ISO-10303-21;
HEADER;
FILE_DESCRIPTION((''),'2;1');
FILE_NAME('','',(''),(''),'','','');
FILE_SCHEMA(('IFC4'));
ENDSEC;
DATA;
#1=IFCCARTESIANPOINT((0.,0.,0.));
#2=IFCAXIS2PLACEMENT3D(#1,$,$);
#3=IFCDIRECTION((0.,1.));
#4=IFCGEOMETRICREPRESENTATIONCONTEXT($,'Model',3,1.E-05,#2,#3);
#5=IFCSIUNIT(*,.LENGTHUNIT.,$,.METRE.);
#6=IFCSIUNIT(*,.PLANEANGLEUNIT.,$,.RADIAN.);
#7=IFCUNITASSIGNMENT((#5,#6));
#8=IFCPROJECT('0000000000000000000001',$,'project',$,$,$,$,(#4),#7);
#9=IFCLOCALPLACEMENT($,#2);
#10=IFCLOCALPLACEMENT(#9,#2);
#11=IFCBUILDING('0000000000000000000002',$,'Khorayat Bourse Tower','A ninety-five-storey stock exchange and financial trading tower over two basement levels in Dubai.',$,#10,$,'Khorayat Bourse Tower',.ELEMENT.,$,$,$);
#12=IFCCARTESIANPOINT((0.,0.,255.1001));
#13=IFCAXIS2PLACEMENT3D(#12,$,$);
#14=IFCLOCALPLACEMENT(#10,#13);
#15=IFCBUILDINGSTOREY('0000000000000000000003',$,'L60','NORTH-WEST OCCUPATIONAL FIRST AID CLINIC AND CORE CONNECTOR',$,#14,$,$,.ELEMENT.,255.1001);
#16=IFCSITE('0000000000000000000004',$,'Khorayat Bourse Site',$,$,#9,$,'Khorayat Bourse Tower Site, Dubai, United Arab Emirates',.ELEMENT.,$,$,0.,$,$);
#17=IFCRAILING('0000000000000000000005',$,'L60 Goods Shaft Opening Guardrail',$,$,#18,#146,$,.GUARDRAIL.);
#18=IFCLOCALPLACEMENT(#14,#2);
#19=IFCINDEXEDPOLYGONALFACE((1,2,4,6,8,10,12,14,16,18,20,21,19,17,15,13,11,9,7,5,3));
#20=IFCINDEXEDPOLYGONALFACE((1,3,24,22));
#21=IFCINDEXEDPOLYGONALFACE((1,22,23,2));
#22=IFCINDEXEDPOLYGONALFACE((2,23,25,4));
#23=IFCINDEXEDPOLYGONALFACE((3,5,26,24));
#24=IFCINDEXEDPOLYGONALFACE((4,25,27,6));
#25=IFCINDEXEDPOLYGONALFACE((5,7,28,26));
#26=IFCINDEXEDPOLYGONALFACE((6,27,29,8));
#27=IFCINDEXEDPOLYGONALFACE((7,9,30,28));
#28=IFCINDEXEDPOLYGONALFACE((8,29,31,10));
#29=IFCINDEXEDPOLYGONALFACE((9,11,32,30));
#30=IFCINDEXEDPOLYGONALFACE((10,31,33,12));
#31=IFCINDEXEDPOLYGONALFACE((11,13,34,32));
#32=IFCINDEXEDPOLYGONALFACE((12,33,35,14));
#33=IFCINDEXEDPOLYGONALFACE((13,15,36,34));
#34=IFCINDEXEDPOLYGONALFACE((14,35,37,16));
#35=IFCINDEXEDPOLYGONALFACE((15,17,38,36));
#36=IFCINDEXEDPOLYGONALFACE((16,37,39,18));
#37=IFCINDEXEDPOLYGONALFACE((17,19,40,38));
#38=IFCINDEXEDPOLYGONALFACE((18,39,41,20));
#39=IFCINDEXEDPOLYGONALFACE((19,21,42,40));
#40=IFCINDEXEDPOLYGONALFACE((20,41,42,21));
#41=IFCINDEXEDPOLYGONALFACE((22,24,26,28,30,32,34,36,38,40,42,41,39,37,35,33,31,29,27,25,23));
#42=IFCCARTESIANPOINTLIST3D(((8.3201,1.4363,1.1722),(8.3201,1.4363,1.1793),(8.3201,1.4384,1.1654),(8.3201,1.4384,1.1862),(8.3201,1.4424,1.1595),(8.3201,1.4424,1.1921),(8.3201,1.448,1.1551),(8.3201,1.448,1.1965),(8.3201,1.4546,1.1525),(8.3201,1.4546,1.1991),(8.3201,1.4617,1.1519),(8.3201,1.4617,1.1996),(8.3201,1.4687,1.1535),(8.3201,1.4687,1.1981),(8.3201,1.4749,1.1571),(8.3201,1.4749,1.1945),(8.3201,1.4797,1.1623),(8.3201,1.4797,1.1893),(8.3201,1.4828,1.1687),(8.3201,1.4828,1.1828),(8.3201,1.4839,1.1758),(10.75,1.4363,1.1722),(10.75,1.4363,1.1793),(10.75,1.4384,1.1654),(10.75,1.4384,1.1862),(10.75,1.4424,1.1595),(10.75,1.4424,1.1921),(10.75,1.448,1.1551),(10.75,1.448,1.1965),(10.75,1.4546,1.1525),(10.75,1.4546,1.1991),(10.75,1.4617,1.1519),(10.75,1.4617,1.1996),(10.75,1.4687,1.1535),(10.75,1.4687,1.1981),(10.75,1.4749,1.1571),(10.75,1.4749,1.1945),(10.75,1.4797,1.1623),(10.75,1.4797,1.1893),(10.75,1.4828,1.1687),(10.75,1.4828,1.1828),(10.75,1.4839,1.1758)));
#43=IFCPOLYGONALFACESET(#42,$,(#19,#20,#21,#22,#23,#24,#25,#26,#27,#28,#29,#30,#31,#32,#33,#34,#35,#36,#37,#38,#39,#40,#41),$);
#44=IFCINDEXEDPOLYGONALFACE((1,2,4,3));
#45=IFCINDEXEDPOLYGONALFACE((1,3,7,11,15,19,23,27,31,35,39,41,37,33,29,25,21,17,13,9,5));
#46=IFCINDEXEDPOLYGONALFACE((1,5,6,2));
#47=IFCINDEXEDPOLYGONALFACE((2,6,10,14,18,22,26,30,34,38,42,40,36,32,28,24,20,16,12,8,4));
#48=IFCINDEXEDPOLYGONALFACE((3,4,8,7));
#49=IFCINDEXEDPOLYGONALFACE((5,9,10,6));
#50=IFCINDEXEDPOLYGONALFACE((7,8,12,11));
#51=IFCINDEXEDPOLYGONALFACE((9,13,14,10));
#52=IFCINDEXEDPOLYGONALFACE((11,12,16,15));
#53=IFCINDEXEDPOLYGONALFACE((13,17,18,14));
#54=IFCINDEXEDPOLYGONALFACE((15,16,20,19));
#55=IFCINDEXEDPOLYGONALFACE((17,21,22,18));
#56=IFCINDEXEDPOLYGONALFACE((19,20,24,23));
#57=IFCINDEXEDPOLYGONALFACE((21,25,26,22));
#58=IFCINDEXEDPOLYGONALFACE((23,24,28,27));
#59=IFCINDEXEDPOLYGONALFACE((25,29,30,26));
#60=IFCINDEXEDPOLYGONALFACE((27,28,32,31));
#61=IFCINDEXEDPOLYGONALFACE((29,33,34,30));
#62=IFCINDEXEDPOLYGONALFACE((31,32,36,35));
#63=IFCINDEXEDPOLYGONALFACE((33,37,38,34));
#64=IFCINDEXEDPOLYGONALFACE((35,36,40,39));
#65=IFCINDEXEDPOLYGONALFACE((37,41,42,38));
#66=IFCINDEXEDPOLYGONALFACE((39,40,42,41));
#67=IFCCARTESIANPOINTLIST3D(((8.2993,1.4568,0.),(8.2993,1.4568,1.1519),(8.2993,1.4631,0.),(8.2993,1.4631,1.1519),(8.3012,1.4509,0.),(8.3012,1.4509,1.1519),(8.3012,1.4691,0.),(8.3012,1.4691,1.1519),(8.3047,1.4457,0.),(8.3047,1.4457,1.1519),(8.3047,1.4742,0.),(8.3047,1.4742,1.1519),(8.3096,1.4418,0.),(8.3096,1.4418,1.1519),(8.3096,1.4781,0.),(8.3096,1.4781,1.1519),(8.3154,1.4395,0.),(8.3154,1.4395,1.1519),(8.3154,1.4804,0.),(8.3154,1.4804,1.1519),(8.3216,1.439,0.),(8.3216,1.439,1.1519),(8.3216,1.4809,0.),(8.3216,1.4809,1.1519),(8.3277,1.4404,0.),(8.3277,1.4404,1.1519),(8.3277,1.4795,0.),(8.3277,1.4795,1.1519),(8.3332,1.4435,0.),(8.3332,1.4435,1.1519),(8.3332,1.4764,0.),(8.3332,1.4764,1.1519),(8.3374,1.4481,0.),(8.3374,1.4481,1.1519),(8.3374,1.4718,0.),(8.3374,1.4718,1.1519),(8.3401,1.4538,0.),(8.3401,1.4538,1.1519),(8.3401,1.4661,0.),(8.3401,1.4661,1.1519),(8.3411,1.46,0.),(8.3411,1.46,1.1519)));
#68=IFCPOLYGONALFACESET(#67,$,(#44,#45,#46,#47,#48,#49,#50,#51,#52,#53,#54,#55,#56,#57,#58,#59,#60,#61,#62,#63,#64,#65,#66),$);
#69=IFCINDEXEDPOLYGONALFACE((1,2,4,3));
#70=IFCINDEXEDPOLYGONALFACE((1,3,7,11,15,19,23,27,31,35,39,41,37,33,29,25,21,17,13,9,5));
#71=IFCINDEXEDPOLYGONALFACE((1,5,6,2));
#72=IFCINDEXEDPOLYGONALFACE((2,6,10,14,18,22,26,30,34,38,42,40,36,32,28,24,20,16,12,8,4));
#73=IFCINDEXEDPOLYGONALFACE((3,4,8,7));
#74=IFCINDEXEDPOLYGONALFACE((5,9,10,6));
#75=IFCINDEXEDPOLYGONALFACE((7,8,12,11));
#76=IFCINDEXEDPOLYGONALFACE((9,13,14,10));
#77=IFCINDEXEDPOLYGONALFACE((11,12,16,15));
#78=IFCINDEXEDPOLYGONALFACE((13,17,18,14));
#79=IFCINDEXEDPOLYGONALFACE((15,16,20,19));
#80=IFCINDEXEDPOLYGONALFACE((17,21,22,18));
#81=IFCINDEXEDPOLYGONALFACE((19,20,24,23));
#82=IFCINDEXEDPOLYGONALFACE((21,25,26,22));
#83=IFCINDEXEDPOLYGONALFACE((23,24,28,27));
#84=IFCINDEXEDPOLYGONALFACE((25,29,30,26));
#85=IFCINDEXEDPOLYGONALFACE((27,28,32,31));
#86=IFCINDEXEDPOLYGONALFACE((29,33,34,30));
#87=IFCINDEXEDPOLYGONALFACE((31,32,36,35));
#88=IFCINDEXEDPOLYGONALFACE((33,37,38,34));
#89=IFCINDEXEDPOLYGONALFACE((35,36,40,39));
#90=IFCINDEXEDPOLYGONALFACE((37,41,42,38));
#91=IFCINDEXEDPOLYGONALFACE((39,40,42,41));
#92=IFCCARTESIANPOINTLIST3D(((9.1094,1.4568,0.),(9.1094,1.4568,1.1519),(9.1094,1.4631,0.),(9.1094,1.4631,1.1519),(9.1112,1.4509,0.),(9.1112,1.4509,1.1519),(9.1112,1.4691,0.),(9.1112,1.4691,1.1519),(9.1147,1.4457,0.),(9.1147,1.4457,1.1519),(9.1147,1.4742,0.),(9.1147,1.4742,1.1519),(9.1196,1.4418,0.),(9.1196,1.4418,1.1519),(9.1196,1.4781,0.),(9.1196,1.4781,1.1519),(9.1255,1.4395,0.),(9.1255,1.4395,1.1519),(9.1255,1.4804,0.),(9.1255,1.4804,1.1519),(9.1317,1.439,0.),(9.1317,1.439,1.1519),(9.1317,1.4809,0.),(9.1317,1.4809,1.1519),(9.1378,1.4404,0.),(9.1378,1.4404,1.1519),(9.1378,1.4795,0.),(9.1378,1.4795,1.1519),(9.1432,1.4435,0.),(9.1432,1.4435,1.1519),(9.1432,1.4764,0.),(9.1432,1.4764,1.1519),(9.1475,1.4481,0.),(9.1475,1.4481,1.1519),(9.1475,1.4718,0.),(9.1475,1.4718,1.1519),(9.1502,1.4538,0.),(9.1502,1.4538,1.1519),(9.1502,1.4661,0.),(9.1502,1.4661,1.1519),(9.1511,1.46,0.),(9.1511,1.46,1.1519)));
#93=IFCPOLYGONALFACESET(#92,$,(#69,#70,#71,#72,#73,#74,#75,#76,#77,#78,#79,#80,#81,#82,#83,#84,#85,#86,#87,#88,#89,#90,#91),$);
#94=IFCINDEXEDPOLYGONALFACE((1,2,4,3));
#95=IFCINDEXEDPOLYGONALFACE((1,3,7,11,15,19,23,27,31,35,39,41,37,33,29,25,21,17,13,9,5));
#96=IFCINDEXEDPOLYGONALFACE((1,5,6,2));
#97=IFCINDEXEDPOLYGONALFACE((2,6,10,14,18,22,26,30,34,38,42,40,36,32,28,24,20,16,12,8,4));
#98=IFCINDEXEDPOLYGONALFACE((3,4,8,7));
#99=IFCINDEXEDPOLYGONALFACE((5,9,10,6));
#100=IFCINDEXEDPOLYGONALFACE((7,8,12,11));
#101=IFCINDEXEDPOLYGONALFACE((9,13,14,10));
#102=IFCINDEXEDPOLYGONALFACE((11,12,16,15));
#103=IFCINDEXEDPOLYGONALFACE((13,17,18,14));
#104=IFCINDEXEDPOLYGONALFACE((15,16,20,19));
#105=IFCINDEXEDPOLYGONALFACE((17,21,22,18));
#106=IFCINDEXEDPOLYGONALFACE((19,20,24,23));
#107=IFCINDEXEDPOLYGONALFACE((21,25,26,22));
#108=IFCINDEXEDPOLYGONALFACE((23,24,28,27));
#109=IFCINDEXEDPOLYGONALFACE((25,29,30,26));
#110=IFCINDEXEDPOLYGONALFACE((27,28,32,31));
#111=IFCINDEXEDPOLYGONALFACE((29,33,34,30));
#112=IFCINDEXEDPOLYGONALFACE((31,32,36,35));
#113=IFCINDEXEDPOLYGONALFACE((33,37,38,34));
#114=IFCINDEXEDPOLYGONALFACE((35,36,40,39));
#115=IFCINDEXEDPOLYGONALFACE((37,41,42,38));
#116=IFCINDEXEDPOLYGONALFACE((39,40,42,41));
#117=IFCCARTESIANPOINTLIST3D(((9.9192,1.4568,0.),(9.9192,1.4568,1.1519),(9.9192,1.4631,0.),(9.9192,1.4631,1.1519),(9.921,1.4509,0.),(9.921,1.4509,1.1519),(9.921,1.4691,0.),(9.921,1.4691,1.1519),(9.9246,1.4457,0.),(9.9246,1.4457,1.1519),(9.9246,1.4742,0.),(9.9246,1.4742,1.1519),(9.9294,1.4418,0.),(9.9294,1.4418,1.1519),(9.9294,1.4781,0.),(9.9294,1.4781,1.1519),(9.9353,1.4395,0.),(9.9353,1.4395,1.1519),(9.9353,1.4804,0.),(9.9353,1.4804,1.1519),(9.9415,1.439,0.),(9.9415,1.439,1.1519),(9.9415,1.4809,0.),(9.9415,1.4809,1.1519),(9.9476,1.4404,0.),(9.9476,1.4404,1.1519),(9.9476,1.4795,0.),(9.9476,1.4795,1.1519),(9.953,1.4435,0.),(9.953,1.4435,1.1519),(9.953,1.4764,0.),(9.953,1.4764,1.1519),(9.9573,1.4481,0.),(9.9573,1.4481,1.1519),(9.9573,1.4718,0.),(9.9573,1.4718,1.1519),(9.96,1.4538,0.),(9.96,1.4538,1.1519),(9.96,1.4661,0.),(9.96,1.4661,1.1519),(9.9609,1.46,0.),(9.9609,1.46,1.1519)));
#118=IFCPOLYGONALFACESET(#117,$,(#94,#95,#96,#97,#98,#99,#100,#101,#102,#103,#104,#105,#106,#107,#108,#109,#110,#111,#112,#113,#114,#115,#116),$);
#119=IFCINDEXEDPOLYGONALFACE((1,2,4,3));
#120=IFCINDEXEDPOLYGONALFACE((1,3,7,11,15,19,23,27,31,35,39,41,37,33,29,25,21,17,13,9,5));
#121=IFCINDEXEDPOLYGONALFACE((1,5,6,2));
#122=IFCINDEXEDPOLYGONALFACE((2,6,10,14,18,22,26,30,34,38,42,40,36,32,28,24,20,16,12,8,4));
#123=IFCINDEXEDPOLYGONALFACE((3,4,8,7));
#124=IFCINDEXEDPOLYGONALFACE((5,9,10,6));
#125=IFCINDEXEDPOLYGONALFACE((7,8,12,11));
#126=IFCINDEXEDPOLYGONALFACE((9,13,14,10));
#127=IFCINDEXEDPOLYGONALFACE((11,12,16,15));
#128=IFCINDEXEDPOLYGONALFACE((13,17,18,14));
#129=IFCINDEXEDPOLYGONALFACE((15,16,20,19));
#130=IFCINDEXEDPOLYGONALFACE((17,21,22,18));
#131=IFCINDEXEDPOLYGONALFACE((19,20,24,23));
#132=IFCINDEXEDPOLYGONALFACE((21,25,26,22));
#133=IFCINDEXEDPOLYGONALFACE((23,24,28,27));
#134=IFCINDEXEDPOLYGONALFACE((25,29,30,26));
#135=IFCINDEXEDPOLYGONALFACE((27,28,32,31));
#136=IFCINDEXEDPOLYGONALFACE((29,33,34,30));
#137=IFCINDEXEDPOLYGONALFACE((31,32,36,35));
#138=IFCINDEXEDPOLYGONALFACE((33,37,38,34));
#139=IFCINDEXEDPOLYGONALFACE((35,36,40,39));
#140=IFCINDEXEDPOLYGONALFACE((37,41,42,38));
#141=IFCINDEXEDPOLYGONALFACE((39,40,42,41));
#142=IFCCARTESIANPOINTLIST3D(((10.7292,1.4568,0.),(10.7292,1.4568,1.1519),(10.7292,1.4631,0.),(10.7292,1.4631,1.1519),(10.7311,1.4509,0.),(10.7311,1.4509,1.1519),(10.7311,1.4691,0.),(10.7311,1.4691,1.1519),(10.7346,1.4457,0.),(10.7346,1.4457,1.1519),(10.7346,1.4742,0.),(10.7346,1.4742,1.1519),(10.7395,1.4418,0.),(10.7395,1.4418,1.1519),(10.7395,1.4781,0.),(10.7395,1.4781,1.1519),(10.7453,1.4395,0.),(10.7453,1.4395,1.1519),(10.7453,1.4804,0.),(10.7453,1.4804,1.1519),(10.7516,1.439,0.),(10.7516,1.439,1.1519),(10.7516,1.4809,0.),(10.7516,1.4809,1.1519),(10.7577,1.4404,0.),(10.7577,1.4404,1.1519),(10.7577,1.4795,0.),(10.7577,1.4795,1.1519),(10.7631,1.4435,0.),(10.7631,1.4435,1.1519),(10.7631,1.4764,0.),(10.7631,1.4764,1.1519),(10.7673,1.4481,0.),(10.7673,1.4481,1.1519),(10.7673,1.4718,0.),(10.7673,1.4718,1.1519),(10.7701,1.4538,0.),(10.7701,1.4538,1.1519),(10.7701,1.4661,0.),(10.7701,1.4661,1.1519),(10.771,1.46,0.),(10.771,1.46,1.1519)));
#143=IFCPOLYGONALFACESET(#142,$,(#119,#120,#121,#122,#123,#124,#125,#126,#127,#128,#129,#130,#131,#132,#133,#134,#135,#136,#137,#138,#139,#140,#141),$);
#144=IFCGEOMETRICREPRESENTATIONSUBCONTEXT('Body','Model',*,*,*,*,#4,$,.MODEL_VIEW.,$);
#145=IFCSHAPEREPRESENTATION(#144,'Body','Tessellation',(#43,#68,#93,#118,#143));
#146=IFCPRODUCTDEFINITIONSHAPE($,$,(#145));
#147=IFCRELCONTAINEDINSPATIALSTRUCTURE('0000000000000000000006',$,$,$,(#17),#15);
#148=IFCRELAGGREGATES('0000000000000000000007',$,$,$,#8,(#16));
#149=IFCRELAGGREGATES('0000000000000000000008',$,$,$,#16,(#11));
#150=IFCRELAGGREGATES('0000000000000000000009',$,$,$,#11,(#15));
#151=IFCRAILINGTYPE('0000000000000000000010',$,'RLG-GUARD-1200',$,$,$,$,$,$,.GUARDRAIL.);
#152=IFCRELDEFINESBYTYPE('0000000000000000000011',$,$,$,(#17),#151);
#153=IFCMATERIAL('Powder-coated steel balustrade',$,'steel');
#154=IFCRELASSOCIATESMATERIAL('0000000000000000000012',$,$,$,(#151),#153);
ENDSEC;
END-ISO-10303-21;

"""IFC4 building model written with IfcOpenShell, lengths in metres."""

from ifc_helpers import new_model, si_unit, direction, frame, origin, origin_2d, place, context, subcontext, project, spatial, circle, extrude, source, transform, mapped, material, type_object, element, save


model = new_model("IFC4")

# Units and contexts
model_context = context("Model", 3, precision=1e-05, world=origin(), true_north=direction((0.0, 1.0)))
body_context = subcontext(model_context, "Body", "Model", "MODEL_VIEW")
ifc_project = project(units=[si_unit("LENGTHUNIT", "METRE"), si_unit("PLANEANGLEUNIT", "RADIAN")], contexts=[model_context])

# Site, building, storey
site_placement = place(None, origin())
site = spatial("IfcSite", under=ifc_project, at=site_placement, Name="Khorayat Bourse Site", LongName="Khorayat Bourse Tower Site, Dubai, United Arab Emirates", CompositionType="ELEMENT", RefElevation=0.0)
building_placement = place(site_placement, origin())
building = spatial("IfcBuilding", under=site, at=building_placement, Name="Khorayat Bourse Tower", Description="A ninety-five-storey stock exchange and financial trading tower over two basement levels in Dubai.", LongName="Khorayat Bourse Tower", CompositionType="ELEMENT")
storey_placement = place(building_placement, frame((0.0, 0.0, 255.1001)))
storey = spatial("IfcBuildingStorey", under=building, at=storey_placement, Name="L60", Description="NORTH-WEST OCCUPATIONAL FIRST AID CLINIC AND CORE CONNECTOR", CompositionType="ELEMENT", Elevation=255.1001)

# Railing
ifc_material_1 = material(Name="Powder-coated steel balustrade", Category="steel")
railing_type = type_object("IfcRailingType", Name="RLG-GUARD-1200", PredefinedType="GUARDRAIL", material=ifc_material_1)
shared_shape_1 = source(origin(), body_context, "Body", "SweptSolid", [
    extrude(circle(Radius=0.0239, at=origin_2d()), frame((0.0, 0.0, 1.1758), z_axis=(1.0, 0.0, 0.0), x_axis=(0.0, 1.0, 0.0)), (0.0, 0.0, 1.0), 2.4299),
    extrude(circle(Radius=0.021, at=origin_2d()), origin(), (0.0, 0.0, 1.0), 1.1519),
    extrude(circle(Radius=0.021, at=origin_2d()), frame((0.8101, 0.0, 0.0)), (0.0, 0.0, 1.0), 1.1519),
    extrude(circle(Radius=0.021, at=origin_2d()), frame((1.6199, 0.0, 0.0)), (0.0, 0.0, 1.0), 1.1519),
    extrude(circle(Radius=0.021, at=origin_2d()), frame((2.4299, 0.0, 0.0)), (0.0, 0.0, 1.0), 1.1519),
])
railing_placement = place(storey_placement, frame((8.3201, 1.46, 0.0)))
element("IfcRailing", 1, at=railing_placement, inside=storey, type_object=railing_type, Name="L60 Goods Shaft Opening Guardrail", PredefinedType="GUARDRAIL", context=body_context, shape_type="MappedRepresentation", body=[
    mapped(shared_shape_1, transform((0.0, 0.0, 0.0), scale=1.0)),
])

save(model, "model.ifc")
